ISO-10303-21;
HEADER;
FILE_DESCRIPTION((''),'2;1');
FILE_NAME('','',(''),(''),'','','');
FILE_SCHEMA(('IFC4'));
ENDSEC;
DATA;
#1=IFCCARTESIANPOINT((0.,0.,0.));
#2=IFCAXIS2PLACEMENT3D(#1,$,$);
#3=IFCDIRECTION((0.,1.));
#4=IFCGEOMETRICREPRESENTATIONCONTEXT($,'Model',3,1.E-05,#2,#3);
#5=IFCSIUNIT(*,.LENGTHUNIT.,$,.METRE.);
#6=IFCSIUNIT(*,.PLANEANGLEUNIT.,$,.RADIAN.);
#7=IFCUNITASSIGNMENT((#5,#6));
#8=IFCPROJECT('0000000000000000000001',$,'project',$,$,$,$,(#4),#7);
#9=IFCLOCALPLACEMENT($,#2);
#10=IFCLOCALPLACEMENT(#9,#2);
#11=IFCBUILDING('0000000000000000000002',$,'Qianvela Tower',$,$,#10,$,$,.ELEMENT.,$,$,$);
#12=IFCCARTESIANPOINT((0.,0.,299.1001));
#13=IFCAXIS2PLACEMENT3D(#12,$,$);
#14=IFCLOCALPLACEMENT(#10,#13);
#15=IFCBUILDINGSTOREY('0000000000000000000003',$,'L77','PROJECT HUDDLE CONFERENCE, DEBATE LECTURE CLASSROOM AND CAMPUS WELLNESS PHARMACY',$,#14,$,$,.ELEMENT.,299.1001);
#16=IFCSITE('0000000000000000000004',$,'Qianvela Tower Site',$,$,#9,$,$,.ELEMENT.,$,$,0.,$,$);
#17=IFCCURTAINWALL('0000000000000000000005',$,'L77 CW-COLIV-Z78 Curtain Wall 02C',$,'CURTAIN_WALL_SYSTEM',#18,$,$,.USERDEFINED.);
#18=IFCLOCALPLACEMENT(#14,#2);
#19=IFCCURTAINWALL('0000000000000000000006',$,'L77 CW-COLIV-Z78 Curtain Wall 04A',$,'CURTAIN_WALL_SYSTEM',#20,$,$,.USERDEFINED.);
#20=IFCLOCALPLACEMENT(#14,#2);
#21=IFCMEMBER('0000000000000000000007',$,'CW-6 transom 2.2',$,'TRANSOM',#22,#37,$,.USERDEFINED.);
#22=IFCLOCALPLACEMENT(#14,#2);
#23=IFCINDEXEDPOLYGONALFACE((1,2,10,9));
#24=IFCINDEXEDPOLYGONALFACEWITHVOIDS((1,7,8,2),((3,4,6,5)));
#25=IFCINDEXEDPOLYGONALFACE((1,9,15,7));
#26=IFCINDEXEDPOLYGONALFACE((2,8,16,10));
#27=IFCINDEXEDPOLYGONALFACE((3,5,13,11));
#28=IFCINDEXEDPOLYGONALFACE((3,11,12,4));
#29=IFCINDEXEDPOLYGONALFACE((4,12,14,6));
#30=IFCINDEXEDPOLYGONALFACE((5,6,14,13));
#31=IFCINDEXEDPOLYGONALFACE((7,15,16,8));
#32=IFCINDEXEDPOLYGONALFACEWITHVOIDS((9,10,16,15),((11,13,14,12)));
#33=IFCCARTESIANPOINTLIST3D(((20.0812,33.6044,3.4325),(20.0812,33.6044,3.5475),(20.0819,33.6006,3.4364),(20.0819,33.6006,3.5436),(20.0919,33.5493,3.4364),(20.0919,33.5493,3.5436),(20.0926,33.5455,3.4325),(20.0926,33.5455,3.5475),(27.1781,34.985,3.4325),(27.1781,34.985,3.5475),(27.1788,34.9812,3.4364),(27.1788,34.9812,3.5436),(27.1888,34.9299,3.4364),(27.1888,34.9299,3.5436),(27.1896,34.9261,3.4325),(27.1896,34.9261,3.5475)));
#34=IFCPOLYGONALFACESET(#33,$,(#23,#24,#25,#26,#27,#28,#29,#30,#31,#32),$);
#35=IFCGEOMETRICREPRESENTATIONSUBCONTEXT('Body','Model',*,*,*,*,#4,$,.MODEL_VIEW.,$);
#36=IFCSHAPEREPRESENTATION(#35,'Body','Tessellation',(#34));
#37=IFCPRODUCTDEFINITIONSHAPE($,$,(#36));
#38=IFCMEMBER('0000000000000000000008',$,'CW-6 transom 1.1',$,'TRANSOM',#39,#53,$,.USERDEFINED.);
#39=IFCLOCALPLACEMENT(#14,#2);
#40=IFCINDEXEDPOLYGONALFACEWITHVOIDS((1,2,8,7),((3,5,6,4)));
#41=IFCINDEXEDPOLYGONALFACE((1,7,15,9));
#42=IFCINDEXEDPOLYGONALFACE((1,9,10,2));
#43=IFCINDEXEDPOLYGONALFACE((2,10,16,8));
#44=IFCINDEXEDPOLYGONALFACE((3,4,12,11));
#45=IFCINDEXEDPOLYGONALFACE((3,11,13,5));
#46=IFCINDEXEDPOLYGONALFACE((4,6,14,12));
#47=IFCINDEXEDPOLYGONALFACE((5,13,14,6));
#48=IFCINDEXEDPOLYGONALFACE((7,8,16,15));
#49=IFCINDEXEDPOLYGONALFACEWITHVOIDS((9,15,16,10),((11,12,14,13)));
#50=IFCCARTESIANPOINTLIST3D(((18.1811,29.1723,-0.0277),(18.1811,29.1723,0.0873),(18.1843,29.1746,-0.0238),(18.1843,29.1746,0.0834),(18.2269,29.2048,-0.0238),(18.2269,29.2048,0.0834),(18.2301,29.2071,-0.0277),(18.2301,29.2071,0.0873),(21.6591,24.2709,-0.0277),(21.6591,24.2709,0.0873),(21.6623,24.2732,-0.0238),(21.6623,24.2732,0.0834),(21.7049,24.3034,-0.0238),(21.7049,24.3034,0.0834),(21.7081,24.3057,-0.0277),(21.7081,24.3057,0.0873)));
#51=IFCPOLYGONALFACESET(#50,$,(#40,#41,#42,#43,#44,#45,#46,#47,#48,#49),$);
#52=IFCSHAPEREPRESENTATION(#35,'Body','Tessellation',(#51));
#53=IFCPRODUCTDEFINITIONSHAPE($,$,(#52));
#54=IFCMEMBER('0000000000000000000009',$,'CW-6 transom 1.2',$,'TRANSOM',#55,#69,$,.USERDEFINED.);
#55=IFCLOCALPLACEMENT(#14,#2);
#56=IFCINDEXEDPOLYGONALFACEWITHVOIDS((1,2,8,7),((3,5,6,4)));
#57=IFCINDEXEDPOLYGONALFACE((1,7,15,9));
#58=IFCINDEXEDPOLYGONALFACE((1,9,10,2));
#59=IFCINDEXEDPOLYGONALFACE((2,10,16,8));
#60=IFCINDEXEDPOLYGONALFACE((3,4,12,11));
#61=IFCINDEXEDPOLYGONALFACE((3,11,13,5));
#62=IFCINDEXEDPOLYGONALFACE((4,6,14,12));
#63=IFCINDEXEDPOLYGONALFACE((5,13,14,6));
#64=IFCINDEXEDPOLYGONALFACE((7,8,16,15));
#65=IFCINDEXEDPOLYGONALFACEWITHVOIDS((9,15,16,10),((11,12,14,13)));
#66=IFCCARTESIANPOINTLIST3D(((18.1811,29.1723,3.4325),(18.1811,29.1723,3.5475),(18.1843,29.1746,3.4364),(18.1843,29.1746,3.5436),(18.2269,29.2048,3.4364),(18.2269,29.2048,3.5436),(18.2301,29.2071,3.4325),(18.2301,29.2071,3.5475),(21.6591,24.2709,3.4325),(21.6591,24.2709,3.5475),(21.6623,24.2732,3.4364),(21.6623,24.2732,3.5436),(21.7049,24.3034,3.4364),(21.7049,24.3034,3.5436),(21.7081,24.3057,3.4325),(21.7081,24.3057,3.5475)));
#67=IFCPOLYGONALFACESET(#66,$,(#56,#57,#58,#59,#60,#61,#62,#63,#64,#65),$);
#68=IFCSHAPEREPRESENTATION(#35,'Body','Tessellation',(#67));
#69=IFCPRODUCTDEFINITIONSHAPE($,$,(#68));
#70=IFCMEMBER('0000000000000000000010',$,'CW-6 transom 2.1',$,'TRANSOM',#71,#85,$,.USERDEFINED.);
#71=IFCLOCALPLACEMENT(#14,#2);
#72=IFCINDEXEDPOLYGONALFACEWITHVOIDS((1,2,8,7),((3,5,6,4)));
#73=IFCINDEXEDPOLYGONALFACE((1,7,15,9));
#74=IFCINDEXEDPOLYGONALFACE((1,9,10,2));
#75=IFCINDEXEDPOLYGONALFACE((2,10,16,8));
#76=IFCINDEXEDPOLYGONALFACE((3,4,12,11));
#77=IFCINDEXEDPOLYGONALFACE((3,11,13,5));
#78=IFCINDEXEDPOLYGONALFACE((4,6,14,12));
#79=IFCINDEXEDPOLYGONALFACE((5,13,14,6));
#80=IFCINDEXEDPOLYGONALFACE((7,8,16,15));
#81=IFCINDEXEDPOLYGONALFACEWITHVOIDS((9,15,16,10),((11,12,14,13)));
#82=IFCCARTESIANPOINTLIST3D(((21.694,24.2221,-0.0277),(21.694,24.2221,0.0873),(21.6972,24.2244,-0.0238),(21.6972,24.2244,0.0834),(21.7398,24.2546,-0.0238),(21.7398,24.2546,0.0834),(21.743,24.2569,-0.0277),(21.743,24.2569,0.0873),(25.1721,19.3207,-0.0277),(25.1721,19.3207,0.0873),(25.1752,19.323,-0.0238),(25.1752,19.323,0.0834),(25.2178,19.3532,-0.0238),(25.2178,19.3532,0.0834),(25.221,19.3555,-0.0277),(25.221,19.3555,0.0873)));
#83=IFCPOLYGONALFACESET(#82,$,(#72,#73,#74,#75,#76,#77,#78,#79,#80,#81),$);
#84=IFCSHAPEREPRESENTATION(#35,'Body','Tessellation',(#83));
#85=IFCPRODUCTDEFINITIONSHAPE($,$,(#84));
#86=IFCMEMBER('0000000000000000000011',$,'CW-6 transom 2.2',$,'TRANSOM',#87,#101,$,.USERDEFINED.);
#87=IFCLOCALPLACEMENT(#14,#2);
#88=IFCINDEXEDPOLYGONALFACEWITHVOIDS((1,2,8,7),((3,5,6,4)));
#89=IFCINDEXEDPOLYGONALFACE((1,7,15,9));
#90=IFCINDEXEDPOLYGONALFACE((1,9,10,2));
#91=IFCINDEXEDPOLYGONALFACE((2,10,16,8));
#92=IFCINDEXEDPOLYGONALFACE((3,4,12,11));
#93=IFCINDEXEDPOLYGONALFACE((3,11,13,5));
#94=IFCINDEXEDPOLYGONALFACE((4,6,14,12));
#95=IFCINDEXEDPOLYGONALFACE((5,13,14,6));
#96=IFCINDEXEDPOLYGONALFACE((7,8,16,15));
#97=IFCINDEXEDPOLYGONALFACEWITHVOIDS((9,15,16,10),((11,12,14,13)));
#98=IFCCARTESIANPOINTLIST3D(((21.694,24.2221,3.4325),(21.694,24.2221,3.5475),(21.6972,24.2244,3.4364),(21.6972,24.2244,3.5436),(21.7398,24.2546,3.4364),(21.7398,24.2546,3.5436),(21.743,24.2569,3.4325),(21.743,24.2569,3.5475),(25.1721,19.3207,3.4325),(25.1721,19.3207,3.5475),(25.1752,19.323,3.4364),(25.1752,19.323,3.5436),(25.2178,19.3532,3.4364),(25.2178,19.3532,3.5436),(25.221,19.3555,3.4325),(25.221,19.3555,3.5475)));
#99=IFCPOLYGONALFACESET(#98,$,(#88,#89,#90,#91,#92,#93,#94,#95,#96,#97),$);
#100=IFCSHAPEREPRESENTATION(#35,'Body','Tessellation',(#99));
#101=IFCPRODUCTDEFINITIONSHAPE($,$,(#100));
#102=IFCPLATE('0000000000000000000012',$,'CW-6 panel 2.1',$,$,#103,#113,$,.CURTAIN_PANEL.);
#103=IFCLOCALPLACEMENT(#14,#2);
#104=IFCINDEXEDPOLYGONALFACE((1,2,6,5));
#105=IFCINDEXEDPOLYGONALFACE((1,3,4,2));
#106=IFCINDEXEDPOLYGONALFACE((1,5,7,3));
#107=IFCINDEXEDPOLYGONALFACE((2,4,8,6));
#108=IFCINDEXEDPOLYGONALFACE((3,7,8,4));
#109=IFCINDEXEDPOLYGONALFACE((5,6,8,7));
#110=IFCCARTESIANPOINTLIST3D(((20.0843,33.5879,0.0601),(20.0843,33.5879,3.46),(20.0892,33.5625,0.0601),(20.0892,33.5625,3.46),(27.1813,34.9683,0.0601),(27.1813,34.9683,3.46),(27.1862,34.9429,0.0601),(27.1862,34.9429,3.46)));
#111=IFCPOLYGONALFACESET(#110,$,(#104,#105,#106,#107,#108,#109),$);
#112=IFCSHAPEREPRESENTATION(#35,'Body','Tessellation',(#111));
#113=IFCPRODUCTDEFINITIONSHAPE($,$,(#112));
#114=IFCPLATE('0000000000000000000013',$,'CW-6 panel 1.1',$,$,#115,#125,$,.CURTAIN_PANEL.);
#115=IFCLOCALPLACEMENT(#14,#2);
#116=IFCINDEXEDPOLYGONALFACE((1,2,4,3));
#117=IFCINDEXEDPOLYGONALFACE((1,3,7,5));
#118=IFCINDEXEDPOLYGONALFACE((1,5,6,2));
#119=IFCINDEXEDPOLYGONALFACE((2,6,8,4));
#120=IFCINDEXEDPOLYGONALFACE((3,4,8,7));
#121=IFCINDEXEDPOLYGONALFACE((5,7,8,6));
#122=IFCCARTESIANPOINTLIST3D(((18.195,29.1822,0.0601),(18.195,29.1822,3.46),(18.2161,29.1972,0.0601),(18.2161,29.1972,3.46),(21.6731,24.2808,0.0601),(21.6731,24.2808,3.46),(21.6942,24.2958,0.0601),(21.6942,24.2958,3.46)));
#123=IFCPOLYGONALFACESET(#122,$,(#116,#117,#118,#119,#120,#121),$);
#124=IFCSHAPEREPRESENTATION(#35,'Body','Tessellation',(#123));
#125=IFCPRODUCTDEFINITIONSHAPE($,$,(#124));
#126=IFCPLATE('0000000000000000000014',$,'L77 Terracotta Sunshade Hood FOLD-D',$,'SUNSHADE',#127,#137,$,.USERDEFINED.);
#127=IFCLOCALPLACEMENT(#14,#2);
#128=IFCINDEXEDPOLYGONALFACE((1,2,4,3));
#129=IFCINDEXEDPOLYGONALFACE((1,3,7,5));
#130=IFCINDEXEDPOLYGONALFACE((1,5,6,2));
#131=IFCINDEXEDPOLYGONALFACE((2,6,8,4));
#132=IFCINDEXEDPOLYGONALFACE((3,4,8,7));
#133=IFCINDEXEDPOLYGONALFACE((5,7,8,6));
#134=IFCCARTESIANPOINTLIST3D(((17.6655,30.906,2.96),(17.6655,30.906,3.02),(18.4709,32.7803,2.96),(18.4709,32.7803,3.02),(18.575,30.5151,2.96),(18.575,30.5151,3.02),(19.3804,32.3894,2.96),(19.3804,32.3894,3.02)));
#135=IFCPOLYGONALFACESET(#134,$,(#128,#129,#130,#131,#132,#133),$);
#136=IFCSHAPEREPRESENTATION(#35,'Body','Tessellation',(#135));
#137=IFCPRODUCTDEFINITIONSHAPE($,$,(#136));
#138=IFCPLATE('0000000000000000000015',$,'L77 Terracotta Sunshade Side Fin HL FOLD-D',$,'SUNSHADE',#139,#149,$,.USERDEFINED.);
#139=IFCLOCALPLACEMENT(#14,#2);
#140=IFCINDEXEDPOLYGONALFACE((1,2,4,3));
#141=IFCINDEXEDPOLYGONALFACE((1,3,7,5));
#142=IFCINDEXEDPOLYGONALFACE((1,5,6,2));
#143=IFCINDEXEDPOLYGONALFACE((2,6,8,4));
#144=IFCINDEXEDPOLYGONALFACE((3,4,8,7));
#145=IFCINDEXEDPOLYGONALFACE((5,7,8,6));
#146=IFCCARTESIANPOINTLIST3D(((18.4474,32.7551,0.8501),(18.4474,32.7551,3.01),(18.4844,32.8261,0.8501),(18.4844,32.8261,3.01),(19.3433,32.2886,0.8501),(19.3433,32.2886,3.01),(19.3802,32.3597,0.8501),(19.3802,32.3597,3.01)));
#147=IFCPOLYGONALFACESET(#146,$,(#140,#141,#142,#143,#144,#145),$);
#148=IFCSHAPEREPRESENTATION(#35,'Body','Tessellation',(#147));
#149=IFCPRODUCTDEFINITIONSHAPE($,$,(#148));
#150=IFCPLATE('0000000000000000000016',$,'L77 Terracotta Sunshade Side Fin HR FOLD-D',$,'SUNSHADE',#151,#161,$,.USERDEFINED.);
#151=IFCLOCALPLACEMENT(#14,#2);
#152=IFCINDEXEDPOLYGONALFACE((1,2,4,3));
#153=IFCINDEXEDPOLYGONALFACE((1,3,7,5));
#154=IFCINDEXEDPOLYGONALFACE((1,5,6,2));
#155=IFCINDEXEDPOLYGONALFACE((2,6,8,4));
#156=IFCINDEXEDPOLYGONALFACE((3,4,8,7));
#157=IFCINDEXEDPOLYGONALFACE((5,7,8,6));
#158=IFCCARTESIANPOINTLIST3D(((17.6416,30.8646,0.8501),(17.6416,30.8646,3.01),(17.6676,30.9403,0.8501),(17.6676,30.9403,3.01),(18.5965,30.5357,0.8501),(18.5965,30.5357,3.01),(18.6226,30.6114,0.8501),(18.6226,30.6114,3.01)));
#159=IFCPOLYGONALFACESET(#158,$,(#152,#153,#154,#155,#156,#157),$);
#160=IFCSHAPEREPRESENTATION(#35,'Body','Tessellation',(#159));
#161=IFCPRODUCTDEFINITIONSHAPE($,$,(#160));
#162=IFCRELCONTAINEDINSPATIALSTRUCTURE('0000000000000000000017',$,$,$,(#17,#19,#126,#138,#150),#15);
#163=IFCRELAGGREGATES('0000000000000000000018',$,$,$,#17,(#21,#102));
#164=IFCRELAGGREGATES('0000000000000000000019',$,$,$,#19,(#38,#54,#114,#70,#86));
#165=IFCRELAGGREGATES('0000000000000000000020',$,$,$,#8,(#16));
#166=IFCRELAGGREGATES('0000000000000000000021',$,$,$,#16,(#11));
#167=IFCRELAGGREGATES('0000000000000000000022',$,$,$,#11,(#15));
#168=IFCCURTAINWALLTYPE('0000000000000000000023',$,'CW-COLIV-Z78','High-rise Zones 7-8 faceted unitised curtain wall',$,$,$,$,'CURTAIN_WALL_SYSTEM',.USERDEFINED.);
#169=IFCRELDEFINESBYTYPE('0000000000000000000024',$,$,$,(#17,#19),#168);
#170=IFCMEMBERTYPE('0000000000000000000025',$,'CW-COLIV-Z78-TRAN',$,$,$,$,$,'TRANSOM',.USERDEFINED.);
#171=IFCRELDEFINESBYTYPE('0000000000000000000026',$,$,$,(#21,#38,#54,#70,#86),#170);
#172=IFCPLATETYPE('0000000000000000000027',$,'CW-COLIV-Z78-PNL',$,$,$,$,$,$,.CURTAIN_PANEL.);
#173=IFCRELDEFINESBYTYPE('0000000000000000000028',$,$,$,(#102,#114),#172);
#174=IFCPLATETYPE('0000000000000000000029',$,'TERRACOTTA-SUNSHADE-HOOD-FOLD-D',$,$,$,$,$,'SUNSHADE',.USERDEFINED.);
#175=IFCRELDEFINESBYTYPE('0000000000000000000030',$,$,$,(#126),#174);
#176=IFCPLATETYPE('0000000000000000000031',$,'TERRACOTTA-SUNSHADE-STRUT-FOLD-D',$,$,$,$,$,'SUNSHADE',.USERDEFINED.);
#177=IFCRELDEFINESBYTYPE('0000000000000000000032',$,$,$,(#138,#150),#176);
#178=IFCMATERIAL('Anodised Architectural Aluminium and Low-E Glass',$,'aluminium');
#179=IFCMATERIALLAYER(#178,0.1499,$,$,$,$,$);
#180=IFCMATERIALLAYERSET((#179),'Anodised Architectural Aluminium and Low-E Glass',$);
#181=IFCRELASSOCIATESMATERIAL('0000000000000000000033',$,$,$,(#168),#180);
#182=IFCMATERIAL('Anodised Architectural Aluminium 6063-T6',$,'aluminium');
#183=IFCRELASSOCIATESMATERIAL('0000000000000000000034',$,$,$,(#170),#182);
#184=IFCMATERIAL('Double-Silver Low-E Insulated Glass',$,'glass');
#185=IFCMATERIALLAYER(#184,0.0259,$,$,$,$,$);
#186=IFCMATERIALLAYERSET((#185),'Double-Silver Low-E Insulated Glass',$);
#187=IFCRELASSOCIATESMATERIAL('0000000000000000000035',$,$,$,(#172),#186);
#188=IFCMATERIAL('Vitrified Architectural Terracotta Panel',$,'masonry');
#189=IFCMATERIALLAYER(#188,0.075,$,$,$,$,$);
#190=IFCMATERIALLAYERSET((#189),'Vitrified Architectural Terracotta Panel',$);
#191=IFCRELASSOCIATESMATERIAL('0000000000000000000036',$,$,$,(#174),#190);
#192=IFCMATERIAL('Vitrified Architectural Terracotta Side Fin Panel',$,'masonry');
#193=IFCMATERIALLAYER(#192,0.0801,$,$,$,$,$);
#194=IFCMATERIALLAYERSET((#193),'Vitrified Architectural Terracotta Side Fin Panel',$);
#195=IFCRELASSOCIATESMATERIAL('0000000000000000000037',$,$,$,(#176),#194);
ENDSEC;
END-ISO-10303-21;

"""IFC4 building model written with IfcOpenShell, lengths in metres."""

from ifc_helpers import new_model, si_unit, direction, frame, origin, origin_2d, place, context, subcontext, project, spatial, rectangle, hollow_rectangle, extrude, material, layer, layer_set, material_profile, profile_set, type_object, element, aggregate, save


model = new_model("IFC4")

# Units and contexts
model_context = context("Model", 3, precision=1e-05, world=origin(), true_north=direction((0.0, 1.0)))
body_context = subcontext(model_context, "Body", "Model", "MODEL_VIEW")
ifc_project = project(units=[si_unit("LENGTHUNIT", "METRE"), si_unit("PLANEANGLEUNIT", "RADIAN")], contexts=[model_context])

# Site, building, storey
site_placement = place(None, origin())
site = spatial("IfcSite", under=ifc_project, at=site_placement, Name="Qianvela Tower Site", CompositionType="ELEMENT", RefElevation=0.0)
building_placement = place(site_placement, origin())
building = spatial("IfcBuilding", under=site, at=building_placement, Name="Qianvela Tower", CompositionType="ELEMENT")
storey_placement = place(building_placement, frame((0.0, 0.0, 299.1001)))
storey = spatial("IfcBuildingStorey", under=building, at=storey_placement, Name="L77", Description="PROJECT HUDDLE CONFERENCE, DEBATE LECTURE CLASSROOM AND CAMPUS WELLNESS PHARMACY", CompositionType="ELEMENT", Elevation=299.1001)

# Curtain walls
ifc_material_1 = material(Name="Anodised Architectural Aluminium and Low-E Glass", Category="aluminium")
ifc_layer_1 = layer(ifc_material_1, 0.1499)
ifc_layer_set_1 = layer_set([ifc_layer_1], Name="Anodised Architectural Aluminium and Low-E Glass")
curtain_wall_type = type_object("IfcCurtainWallType", Name="CW-COLIV-Z78", Description="High-rise Zones 7-8 faceted unitised curtain wall", ElementType="CURTAIN_WALL_SYSTEM", PredefinedType="USERDEFINED", material=ifc_layer_set_1)
curtain_wall_1_placement = place(storey_placement, origin())
curtain_wall_1 = element("IfcCurtainWall", 1, at=curtain_wall_1_placement, inside=storey, type_object=curtain_wall_type, Name="L77 CW-COLIV-Z78 Curtain Wall 02C", ObjectType="CURTAIN_WALL_SYSTEM", PredefinedType="USERDEFINED")
curtain_wall_2_placement = place(storey_placement, origin())
curtain_wall_2 = element("IfcCurtainWall", 2, at=curtain_wall_2_placement, inside=storey, type_object=curtain_wall_type, Name="L77 CW-COLIV-Z78 Curtain Wall 04A", ObjectType="CURTAIN_WALL_SYSTEM", PredefinedType="USERDEFINED")

# Members
ifc_material_2 = material(Name="Anodised Architectural Aluminium 6063-T6", Category="aluminium")
ifc_material_profile_1 = material_profile(ifc_material_2, hollow_rectangle(XDim=0.0601, YDim=0.115, WallThickness=0.0039, at=origin_2d()), Name="ALU-TRAN-60x115")
ifc_profile_set_1 = profile_set([ifc_material_profile_1], Name="Anodised Architectural Aluminium 6063-T6")
member_type_1 = type_object("IfcMemberType", Name="CW-COLIV-Z78-TRAN", ElementType="TRANSOM", PredefinedType="USERDEFINED", material=ifc_profile_set_1)
member_1_placement = place(storey_placement, frame((27.1838, 34.9556, 3.49), z_axis=(-0.981598, -0.190957, 0.0), x_axis=(0.190957, -0.981598, 0.0)))
member_1 = element("IfcMember", 3, at=member_1_placement, type_object=member_type_1, Name="CW-6 transom 2.2", ObjectType="TRANSOM", PredefinedType="USERDEFINED", context=body_context, shape_type="SweptSolid", body=[
    extrude(hollow_rectangle(XDim=0.0601, YDim=0.115, WallThickness=0.0039, at=origin_2d()), origin(), (0.0, 0.0, 1.0), 7.23),
])
member_2_placement = place(storey_placement, frame((18.2056, 29.1897, 0.0298), z_axis=(0.578707, -0.815536, 0.0), x_axis=(0.815536, 0.578707, 0.0)))
member_2 = element("IfcMember", 4, at=member_2_placement, type_object=member_type_1, Name="CW-6 transom 1.1", ObjectType="TRANSOM", PredefinedType="USERDEFINED", context=body_context, shape_type="SweptSolid", body=[
    extrude(hollow_rectangle(XDim=0.0601, YDim=0.115, WallThickness=0.0039, at=origin_2d()), origin(), (0.0, 0.0, 1.0), 6.01),
])
member_3_placement = place(storey_placement, frame((18.2056, 29.1897, 3.49), z_axis=(0.578707, -0.815536, 0.0), x_axis=(0.815536, 0.578707, 0.0)))
member_3 = element("IfcMember", 5, at=member_3_placement, type_object=member_type_1, Name="CW-6 transom 1.2", ObjectType="TRANSOM", PredefinedType="USERDEFINED", context=body_context, shape_type="SweptSolid", body=[
    extrude(hollow_rectangle(XDim=0.0601, YDim=0.115, WallThickness=0.0039, at=origin_2d()), origin(), (0.0, 0.0, 1.0), 6.01),
])
member_4_placement = place(storey_placement, frame((21.7185, 24.2395, 0.0298), z_axis=(0.578707, -0.815536, 0.0), x_axis=(0.815536, 0.578707, 0.0)))
member_4 = element("IfcMember", 6, at=member_4_placement, type_object=member_type_1, Name="CW-6 transom 2.1", ObjectType="TRANSOM", PredefinedType="USERDEFINED", context=body_context, shape_type="SweptSolid", body=[
    extrude(hollow_rectangle(XDim=0.0601, YDim=0.115, WallThickness=0.0039, at=origin_2d()), origin(), (0.0, 0.0, 1.0), 6.01),
])
member_5_placement = place(storey_placement, frame((21.7185, 24.2395, 3.49), z_axis=(0.578707, -0.815536, 0.0), x_axis=(0.815536, 0.578707, 0.0)))
member_5 = element("IfcMember", 7, at=member_5_placement, type_object=member_type_1, Name="CW-6 transom 2.2", ObjectType="TRANSOM", PredefinedType="USERDEFINED", context=body_context, shape_type="SweptSolid", body=[
    extrude(hollow_rectangle(XDim=0.0601, YDim=0.115, WallThickness=0.0039, at=origin_2d()), origin(), (0.0, 0.0, 1.0), 6.01),
])

# Plates
ifc_material_3 = material(Name="Double-Silver Low-E Insulated Glass", Category="glass")
ifc_layer_2 = layer(ifc_material_3, 0.0259)
ifc_layer_set_2 = layer_set([ifc_layer_2], Name="Double-Silver Low-E Insulated Glass")
plate_type_1 = type_object("IfcPlateType", Name="CW-COLIV-Z78-PNL", PredefinedType="CURTAIN_PANEL", material=ifc_layer_set_2)
plate_1_placement = place(storey_placement, frame((23.6353, 34.2654, 0.0601), z_axis=(0.0, 0.0, 1.0), x_axis=(-0.981603, -0.190933, 0.0)))
plate_1 = element("IfcPlate", 8, at=plate_1_placement, type_object=plate_type_1, Name="CW-6 panel 2.1", PredefinedType="CURTAIN_PANEL", context=body_context, shape_type="SweptSolid", body=[
    extrude(rectangle(XDim=7.23, YDim=0.0259, at=origin_2d()), origin(), (0.0, 0.0, 1.0), 3.3999),
])
aggregate(curtain_wall_1, [member_1, plate_1])
plate_2_placement = place(storey_placement, frame((19.9446, 26.739, 0.0601), z_axis=(0.0, 0.0, 1.0), x_axis=(0.578712, -0.815532, 0.0)))
plate_2 = element("IfcPlate", 9, at=plate_2_placement, type_object=plate_type_1, Name="CW-6 panel 1.1", PredefinedType="CURTAIN_PANEL", context=body_context, shape_type="SweptSolid", body=[
    extrude(rectangle(XDim=6.01, YDim=0.0259, at=origin_2d()), origin(), (0.0, 0.0, 1.0), 3.3999),
])
aggregate(curtain_wall_2, [member_2, member_3, plate_2, member_4, member_5])

# Plates
ifc_material_4 = material(Name="Vitrified Architectural Terracotta Panel", Category="masonry")
ifc_layer_3 = layer(ifc_material_4, 0.075)
ifc_layer_set_3 = layer_set([ifc_layer_3], Name="Vitrified Architectural Terracotta Panel")
plate_type_2 = type_object("IfcPlateType", Name="TERRACOTTA-SUNSHADE-HOOD-FOLD-D", ElementType="SUNSHADE", PredefinedType="USERDEFINED", material=ifc_layer_set_3)
plate_3_placement = place(storey_placement, frame((18.5229, 31.6477, 2.96), z_axis=(0.0, 0.0, 1.0), x_axis=(-0.394806, -0.918764, 0.0)))
element("IfcPlate", 10, at=plate_3_placement, inside=storey, type_object=plate_type_2, Name="L77 Terracotta Sunshade Hood FOLD-D", ObjectType="SUNSHADE", PredefinedType="USERDEFINED", context=body_context, shape_type="SweptSolid", body=[
    extrude(rectangle(XDim=2.04, YDim=0.99, at=origin_2d()), origin(), (0.0, 0.0, 1.0), 0.0601),
])
ifc_material_5 = material(Name="Vitrified Architectural Terracotta Side Fin Panel", Category="masonry")
ifc_layer_4 = layer(ifc_material_5, 0.0801)
ifc_layer_set_4 = layer_set([ifc_layer_4], Name="Vitrified Architectural Terracotta Side Fin Panel")
plate_type_3 = type_object("IfcPlateType", Name="TERRACOTTA-SUNSHADE-STRUT-FOLD-D", ElementType="SUNSHADE", PredefinedType="USERDEFINED", material=ifc_layer_set_4)
for number, where, z_axis, x_axis, name in (
    (11, (18.9138, 32.5574, 0.8501), (0.0, 0.0, 1.0), (-0.461809, -0.886979, 0.0), "L77 Terracotta Sunshade Side Fin HL FOLD-D"),
    (12, (18.1321, 30.738, 0.8501), (0.0, 0.0, 1.0), (-0.325633, -0.945496, 0.0), "L77 Terracotta Sunshade Side Fin HR FOLD-D"),
):
    element("IfcPlate", number, at=place(storey_placement, frame(where, z_axis=z_axis, x_axis=x_axis)), inside=storey, type_object=plate_type_3, Name=name, ObjectType="SUNSHADE", PredefinedType="USERDEFINED", context=body_context, shape_type="SweptSolid", body=[
        extrude(rectangle(XDim=0.0801, YDim=1.01, at=origin_2d()), origin(), (0.0, 0.0, 1.0), 2.1599),
    ])

save(model, "model.ifc")
